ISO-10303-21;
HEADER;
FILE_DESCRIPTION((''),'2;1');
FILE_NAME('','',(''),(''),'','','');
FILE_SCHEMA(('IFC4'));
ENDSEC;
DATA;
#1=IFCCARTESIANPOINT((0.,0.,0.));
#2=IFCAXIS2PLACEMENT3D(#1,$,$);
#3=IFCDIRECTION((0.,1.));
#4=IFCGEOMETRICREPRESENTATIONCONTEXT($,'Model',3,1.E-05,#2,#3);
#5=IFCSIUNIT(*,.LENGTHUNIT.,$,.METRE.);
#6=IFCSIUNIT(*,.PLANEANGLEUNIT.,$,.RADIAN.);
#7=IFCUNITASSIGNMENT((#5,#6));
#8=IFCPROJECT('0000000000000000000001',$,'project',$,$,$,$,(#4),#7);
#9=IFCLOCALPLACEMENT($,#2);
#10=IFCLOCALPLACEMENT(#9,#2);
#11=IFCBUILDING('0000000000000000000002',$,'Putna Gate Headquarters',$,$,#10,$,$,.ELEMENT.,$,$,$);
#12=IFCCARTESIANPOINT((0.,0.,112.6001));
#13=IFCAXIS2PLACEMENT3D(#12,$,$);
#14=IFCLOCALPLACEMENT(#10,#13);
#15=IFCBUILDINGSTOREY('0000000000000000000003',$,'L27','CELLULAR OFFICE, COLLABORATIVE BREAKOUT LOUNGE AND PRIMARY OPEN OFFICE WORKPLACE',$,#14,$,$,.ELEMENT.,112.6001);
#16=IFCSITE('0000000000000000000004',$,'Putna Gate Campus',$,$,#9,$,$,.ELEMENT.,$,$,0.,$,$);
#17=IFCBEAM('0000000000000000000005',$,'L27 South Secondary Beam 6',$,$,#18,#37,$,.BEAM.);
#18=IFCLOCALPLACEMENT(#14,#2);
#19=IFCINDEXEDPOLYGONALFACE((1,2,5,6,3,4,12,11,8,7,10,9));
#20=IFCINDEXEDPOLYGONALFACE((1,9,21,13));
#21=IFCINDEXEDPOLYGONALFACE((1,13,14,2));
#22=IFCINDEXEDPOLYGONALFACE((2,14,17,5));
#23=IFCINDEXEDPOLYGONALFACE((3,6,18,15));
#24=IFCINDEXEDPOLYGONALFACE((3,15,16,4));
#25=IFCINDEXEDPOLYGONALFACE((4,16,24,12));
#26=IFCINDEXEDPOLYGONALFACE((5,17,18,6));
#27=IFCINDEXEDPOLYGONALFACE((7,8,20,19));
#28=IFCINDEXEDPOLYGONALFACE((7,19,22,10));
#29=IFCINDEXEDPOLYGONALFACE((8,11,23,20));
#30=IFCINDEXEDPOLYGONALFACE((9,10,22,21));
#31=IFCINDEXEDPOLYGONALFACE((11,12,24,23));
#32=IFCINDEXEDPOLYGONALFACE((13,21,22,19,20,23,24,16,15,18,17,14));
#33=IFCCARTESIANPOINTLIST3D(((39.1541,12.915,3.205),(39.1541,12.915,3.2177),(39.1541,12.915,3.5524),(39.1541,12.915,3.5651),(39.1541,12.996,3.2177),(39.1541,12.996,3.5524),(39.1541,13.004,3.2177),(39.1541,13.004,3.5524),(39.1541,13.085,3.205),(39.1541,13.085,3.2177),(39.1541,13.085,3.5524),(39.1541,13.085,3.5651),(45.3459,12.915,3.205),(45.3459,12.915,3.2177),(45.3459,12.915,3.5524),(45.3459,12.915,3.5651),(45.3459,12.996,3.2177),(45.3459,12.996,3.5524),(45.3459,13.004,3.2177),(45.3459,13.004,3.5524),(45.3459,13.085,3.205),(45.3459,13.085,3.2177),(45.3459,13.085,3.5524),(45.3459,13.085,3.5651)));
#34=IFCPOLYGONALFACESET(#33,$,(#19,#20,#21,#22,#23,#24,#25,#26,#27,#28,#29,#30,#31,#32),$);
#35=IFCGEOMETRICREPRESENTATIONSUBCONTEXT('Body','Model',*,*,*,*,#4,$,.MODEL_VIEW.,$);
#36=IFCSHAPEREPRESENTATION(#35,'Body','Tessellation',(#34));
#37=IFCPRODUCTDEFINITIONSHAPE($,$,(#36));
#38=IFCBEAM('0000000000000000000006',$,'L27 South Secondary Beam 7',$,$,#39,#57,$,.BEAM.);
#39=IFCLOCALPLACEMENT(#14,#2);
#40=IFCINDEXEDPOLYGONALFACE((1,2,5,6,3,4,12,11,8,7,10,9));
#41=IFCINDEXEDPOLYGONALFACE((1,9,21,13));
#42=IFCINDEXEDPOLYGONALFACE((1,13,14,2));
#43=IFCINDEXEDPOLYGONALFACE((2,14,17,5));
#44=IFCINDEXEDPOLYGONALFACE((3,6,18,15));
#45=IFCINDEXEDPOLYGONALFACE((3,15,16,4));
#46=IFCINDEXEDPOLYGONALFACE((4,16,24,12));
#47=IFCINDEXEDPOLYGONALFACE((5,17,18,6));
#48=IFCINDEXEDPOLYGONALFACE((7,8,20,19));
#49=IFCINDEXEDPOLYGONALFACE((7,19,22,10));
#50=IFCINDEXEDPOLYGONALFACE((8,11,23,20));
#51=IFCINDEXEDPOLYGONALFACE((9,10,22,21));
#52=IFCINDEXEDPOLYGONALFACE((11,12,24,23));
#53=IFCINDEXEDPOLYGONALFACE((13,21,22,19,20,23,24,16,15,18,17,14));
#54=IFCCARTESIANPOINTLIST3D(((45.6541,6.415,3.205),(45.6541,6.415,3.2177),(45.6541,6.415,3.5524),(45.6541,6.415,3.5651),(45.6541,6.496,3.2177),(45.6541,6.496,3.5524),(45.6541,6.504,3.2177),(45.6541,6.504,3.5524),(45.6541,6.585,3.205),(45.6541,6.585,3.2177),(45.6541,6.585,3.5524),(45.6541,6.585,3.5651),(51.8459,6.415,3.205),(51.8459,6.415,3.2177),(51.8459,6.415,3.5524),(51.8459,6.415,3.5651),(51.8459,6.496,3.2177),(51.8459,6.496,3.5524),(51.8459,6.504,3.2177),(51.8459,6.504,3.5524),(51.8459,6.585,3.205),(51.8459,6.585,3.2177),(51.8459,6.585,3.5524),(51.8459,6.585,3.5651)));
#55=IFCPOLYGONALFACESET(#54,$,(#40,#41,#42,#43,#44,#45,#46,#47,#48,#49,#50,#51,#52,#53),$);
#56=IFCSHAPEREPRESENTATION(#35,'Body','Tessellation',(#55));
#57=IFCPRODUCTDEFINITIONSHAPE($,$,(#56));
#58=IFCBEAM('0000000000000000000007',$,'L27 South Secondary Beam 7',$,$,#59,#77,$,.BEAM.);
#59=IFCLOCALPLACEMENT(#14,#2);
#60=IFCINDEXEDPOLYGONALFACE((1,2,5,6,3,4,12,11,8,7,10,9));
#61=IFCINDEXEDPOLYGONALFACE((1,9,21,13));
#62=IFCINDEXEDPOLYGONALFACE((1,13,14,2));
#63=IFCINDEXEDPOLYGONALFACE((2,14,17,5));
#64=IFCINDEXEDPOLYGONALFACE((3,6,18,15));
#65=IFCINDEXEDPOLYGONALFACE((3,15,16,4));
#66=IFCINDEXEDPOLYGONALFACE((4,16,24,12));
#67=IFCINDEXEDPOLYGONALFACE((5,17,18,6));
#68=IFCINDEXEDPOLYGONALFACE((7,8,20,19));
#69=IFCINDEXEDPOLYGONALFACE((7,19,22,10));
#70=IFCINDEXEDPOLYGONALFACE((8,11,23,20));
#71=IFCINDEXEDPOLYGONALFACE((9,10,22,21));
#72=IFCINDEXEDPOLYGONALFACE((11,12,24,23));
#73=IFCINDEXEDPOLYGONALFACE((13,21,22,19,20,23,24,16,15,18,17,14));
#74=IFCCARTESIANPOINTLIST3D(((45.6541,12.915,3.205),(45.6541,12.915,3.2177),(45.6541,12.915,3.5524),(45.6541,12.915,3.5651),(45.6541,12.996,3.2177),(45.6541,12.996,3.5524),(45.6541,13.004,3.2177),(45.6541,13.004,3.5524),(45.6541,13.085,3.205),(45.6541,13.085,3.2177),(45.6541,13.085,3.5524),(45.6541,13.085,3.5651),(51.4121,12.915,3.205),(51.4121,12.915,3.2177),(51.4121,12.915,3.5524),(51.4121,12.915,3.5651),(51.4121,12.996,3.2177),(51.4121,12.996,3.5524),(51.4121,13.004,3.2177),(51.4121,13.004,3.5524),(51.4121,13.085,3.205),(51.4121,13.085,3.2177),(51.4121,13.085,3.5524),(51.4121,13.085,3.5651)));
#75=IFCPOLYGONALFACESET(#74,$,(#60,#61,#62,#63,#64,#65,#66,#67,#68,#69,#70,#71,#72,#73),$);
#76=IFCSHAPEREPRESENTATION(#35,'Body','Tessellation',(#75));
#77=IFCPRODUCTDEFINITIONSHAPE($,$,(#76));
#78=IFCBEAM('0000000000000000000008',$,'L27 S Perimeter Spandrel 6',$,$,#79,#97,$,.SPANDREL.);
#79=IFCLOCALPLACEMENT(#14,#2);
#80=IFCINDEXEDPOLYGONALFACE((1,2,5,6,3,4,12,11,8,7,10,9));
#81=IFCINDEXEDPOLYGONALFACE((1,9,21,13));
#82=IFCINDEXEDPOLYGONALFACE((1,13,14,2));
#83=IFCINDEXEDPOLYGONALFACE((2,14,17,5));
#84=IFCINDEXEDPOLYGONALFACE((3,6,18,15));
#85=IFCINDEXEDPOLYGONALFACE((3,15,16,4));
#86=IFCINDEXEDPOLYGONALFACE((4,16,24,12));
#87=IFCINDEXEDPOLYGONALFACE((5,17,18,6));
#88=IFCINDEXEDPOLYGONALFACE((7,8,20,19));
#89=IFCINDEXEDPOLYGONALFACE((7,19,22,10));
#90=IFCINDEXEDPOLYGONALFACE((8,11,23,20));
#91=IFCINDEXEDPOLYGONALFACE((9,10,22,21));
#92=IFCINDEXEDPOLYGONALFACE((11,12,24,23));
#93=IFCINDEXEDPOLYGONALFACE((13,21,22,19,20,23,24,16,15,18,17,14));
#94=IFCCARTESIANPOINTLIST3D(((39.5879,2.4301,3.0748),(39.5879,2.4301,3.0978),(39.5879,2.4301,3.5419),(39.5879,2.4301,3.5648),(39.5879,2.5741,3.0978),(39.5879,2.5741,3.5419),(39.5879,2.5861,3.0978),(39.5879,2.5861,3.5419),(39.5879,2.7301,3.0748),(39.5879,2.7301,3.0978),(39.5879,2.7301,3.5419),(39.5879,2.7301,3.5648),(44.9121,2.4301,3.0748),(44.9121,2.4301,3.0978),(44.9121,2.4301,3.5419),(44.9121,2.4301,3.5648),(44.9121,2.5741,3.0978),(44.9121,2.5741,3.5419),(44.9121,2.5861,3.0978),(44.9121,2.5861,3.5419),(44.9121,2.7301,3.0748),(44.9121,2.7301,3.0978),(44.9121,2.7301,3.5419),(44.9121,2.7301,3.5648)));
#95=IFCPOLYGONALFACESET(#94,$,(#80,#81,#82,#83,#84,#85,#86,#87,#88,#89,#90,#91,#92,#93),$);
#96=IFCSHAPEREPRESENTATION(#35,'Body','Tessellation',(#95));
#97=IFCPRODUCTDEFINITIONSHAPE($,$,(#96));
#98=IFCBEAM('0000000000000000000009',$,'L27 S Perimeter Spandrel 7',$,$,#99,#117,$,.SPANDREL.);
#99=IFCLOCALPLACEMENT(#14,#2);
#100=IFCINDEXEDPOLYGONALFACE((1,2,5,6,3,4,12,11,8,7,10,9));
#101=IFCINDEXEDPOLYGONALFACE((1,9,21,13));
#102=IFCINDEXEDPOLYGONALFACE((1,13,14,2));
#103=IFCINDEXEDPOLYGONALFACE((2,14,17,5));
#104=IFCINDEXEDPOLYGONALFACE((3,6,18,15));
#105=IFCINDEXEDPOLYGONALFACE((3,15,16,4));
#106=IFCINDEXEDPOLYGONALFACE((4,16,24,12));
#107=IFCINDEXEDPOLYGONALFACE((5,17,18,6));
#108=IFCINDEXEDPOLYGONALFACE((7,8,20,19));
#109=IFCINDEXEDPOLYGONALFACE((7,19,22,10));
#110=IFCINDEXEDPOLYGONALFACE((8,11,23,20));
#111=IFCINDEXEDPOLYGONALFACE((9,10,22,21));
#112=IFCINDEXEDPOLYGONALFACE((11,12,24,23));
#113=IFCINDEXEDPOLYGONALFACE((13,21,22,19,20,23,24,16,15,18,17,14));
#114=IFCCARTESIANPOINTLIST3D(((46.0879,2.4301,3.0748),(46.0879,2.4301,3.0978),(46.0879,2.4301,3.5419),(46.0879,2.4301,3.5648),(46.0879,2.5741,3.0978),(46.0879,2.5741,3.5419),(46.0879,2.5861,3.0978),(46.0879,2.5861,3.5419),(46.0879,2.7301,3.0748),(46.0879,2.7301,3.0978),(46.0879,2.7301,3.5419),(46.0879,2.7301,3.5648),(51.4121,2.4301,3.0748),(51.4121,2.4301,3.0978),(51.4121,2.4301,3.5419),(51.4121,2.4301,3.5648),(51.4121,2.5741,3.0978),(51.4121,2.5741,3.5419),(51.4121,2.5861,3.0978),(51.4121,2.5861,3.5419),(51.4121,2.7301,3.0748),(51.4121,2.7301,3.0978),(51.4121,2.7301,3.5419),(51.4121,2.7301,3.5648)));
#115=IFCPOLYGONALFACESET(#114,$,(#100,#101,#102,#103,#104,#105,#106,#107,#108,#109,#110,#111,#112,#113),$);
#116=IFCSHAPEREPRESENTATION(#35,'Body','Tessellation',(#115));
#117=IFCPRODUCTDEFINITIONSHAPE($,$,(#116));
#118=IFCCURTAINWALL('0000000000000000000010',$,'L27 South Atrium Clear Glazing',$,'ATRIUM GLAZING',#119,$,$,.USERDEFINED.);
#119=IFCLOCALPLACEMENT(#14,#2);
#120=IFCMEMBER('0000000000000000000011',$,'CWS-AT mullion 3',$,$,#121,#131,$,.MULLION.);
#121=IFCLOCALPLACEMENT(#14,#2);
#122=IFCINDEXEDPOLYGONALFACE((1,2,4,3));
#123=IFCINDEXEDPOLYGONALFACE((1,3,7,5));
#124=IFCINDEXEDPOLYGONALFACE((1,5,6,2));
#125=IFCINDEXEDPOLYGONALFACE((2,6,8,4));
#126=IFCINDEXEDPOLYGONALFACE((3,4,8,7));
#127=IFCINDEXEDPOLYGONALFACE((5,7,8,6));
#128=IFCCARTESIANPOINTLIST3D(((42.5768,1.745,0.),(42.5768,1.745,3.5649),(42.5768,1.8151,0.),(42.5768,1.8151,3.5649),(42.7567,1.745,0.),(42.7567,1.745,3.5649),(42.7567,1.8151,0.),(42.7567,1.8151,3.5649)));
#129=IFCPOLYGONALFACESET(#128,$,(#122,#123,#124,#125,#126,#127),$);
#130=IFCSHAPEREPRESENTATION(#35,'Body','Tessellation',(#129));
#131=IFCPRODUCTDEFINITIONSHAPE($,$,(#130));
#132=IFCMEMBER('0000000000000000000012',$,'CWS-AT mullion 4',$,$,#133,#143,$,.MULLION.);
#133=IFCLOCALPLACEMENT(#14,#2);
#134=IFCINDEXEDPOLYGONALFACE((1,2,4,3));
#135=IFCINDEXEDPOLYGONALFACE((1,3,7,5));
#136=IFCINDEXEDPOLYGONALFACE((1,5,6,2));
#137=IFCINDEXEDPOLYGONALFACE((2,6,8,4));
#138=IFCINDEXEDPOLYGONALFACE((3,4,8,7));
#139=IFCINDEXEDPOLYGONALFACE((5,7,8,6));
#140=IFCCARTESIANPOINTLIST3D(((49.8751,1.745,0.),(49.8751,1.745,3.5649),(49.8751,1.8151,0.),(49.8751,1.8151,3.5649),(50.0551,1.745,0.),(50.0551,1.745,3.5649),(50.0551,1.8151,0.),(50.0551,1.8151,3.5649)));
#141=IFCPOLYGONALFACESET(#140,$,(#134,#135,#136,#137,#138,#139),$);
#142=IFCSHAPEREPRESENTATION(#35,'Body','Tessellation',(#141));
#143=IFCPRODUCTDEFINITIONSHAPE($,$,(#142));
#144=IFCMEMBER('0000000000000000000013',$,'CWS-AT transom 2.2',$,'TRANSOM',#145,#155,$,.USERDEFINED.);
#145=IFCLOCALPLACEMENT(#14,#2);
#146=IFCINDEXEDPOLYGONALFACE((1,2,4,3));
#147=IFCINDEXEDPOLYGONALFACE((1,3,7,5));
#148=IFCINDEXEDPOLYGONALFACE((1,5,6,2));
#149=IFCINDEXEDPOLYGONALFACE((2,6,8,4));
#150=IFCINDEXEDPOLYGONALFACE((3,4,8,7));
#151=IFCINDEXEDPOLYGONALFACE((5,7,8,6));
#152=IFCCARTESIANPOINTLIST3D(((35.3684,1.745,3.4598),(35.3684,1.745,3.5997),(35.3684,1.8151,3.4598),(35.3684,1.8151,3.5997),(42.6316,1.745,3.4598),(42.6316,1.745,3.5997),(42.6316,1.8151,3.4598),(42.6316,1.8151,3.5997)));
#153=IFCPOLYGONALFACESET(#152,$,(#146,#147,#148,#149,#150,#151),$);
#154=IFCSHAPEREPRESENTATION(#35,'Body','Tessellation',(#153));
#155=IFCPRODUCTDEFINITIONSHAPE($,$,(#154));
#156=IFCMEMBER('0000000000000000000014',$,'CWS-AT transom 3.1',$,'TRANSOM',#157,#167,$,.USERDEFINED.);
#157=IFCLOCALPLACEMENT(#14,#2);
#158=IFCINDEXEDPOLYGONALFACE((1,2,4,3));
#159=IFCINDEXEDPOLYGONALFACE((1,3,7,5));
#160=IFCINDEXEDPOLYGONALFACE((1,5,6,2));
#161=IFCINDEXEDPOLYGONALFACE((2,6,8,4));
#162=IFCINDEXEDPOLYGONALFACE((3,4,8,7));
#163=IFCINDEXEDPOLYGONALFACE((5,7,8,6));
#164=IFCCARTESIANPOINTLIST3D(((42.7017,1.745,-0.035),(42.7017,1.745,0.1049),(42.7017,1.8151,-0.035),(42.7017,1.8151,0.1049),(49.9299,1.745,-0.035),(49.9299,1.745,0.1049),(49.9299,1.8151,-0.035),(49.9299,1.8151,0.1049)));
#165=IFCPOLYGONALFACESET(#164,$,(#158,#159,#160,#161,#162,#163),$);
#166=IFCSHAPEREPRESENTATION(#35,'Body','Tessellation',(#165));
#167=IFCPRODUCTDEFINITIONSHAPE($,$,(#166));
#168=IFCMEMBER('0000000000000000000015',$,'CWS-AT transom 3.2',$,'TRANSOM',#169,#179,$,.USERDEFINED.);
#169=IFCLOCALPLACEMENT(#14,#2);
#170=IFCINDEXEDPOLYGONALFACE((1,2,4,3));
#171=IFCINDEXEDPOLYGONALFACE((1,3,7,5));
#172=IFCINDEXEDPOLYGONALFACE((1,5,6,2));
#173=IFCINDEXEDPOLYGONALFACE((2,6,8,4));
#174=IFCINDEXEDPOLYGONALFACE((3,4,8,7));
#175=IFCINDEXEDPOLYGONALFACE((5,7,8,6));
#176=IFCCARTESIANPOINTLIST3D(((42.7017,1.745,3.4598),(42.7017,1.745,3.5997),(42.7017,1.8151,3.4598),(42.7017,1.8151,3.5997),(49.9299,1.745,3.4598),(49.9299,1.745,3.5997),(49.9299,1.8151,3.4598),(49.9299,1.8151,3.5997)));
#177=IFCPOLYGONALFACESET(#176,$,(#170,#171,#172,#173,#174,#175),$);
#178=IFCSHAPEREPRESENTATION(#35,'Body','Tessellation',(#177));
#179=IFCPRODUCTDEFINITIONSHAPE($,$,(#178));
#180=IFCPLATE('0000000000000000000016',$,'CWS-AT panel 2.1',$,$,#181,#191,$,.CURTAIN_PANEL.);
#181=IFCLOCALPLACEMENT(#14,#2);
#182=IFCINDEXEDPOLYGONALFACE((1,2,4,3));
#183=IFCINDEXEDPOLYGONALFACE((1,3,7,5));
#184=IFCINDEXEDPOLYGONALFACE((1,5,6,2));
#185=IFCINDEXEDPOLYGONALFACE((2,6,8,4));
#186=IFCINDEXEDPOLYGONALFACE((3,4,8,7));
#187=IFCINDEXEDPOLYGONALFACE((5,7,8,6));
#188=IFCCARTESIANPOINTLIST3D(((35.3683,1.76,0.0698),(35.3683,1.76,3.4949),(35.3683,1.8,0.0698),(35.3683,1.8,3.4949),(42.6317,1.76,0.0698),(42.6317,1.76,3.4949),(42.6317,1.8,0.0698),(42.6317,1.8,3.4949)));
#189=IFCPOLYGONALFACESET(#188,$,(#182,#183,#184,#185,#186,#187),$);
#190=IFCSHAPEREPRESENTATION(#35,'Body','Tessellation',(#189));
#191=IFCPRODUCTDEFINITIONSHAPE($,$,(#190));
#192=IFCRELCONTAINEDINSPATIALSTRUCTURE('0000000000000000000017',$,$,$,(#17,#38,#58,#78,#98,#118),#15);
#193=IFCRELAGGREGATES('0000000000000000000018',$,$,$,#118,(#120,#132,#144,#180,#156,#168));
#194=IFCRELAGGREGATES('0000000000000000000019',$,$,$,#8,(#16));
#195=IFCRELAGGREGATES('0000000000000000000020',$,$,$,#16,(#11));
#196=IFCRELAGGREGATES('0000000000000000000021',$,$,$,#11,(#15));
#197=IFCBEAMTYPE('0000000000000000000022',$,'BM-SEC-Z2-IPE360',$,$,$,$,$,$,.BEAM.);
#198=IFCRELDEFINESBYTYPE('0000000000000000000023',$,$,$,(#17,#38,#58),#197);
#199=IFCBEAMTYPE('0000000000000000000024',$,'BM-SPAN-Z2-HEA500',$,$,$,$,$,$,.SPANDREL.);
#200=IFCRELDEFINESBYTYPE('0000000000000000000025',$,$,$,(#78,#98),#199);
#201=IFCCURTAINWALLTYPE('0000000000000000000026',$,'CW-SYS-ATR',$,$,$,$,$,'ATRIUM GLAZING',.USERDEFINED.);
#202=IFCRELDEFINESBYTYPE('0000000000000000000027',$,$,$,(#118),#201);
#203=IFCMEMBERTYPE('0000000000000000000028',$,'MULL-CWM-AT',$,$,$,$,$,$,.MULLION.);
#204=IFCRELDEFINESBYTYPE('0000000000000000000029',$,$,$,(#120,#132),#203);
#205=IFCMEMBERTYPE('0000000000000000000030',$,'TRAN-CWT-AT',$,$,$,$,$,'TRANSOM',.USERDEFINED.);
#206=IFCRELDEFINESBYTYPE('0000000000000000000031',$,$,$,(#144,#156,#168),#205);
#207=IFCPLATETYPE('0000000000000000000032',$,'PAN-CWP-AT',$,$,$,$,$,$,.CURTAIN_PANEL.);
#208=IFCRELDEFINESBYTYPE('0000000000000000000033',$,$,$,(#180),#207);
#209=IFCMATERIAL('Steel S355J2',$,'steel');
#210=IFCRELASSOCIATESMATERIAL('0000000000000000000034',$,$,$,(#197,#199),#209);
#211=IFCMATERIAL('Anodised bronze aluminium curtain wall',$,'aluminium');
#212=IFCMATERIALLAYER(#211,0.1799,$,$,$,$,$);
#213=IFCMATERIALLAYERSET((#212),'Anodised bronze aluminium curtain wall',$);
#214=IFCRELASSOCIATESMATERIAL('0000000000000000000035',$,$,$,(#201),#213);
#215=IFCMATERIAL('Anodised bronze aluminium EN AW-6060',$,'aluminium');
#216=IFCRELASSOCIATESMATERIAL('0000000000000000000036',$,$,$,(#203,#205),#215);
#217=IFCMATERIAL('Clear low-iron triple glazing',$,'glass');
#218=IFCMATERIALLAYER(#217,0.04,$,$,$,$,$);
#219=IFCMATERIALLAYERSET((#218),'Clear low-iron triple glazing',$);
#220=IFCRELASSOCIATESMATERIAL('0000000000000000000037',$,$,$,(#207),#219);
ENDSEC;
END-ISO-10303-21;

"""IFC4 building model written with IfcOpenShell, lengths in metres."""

from ifc_helpers import new_model, si_unit, direction, frame, origin, origin_2d, place, context, subcontext, project, spatial, rectangle, i_section, extrude, material, layer, layer_set, material_profile, profile_set, type_object, element, aggregate, save


model = new_model("IFC4")

# Units and contexts
model_context = context("Model", 3, precision=1e-05, world=origin(), true_north=direction((0.0, 1.0)))
body_context = subcontext(model_context, "Body", "Model", "MODEL_VIEW")
ifc_project = project(units=[si_unit("LENGTHUNIT", "METRE"), si_unit("PLANEANGLEUNIT", "RADIAN")], contexts=[model_context])

# Site, building, storey
site_placement = place(None, origin())
site = spatial("IfcSite", under=ifc_project, at=site_placement, Name="Putna Gate Campus", CompositionType="ELEMENT", RefElevation=0.0)
building_placement = place(site_placement, origin())
building = spatial("IfcBuilding", under=site, at=building_placement, Name="Putna Gate Headquarters", CompositionType="ELEMENT")
storey_placement = place(building_placement, frame((0.0, 0.0, 112.6001)))
storey = spatial("IfcBuildingStorey", under=building, at=storey_placement, Name="L27", Description="CELLULAR OFFICE, COLLABORATIVE BREAKOUT LOUNGE AND PRIMARY OPEN OFFICE WORKPLACE", CompositionType="ELEMENT", Elevation=112.6001)

# Beams
ifc_material_1 = material(Name="Steel S355J2", Category="steel")
ifc_material_profile_1 = material_profile(ifc_material_1, i_section(OverallWidth=0.1699, OverallDepth=0.3601, WebThickness=0.0081, FlangeThickness=0.0127, at=origin_2d()), Name="Steel S355J2")
ifc_profile_set_1 = profile_set([ifc_material_profile_1], Name="Steel S355J2")
beam_type_1 = type_object("IfcBeamType", Name="BM-SEC-Z2-IPE360", PredefinedType="BEAM", material=ifc_profile_set_1)
for number, where, z_axis, x_axis, name in (
    (1, (39.1541, 13.0, 3.385), (1.0, 0.0, 0.0), (0.0, 1.0, 0.0), "L27 South Secondary Beam 6"),
    (2, (45.6541, 6.5, 3.385), (1.0, 0.0, 0.0), (0.0, 1.0, 0.0), "L27 South Secondary Beam 7"),
):
    element("IfcBeam", number, at=place(storey_placement, frame(where, z_axis=z_axis, x_axis=x_axis)), inside=storey, type_object=beam_type_1, Name=name, PredefinedType="BEAM", context=body_context, shape_type="SweptSolid", body=[
        extrude(i_section(OverallWidth=0.1699, OverallDepth=0.3601, WebThickness=0.0081, FlangeThickness=0.0127, at=origin_2d()), origin(), (0.0, 0.0, 1.0), 6.1919),
    ])
beam_1_placement = place(storey_placement, frame((45.6541, 13.0, 3.385), z_axis=(1.0, 0.0, 0.0), x_axis=(0.0, 1.0, 0.0)))
element("IfcBeam", 3, at=beam_1_placement, inside=storey, type_object=beam_type_1, Name="L27 South Secondary Beam 7", PredefinedType="BEAM", context=body_context, shape_type="SweptSolid", body=[
    extrude(i_section(OverallWidth=0.1699, OverallDepth=0.3601, WebThickness=0.0081, FlangeThickness=0.0127, at=origin_2d()), origin(), (0.0, 0.0, 1.0), 5.7581),
])
ifc_material_profile_2 = material_profile(ifc_material_1, i_section(OverallWidth=0.3, OverallDepth=0.49, WebThickness=0.012, FlangeThickness=0.0229, at=origin_2d()), Name="Steel S355J2")
ifc_profile_set_2 = profile_set([ifc_material_profile_2], Name="Steel S355J2")
beam_type_2 = type_object("IfcBeamType", Name="BM-SPAN-Z2-HEA500", PredefinedType="SPANDREL", material=ifc_profile_set_2)
for number, where, z_axis, x_axis, name in (
    (4, (39.5879, 2.5801, 3.3198), (1.0, 0.0, 0.0), (0.0, 1.0, 0.0), "L27 S Perimeter Spandrel 6"),
    (5, (46.0879, 2.5801, 3.3198), (1.0, 0.0, 0.0), (0.0, 1.0, 0.0), "L27 S Perimeter Spandrel 7"),
):
    element("IfcBeam", number, at=place(storey_placement, frame(where, z_axis=z_axis, x_axis=x_axis)), inside=storey, type_object=beam_type_2, Name=name, PredefinedType="SPANDREL", context=body_context, shape_type="SweptSolid", body=[
        extrude(i_section(OverallWidth=0.3, OverallDepth=0.49, WebThickness=0.012, FlangeThickness=0.0229, at=origin_2d()), origin(), (0.0, 0.0, 1.0), 5.3242),
    ])

# Curtain wall, members, plate
ifc_material_2 = material(Name="Anodised bronze aluminium curtain wall", Category="aluminium")
ifc_layer_1 = layer(ifc_material_2, 0.1799)
ifc_layer_set_1 = layer_set([ifc_layer_1], Name="Anodised bronze aluminium curtain wall")
curtain_wall_type = type_object("IfcCurtainWallType", Name="CW-SYS-ATR", ElementType="ATRIUM GLAZING", PredefinedType="USERDEFINED", material=ifc_layer_set_1)
curtain_wall_placement = place(storey_placement, origin())
curtain_wall = element("IfcCurtainWall", 6, at=curtain_wall_placement, inside=storey, type_object=curtain_wall_type, Name="L27 South Atrium Clear Glazing", ObjectType="ATRIUM GLAZING", PredefinedType="USERDEFINED")
ifc_material_3 = material(Name="Anodised bronze aluminium EN AW-6060", Category="aluminium")
ifc_material_profile_3 = material_profile(ifc_material_3, rectangle(XDim=0.0701, YDim=0.1799, at=origin_2d()), Name="Anodised bronze aluminium EN AW-6060")
ifc_profile_set_3 = profile_set([ifc_material_profile_3], Name="Anodised bronze aluminium EN AW-6060")
member_type_1 = type_object("IfcMemberType", Name="MULL-CWM-AT", PredefinedType="MULLION", material=ifc_profile_set_3)
member_1_placement = place(storey_placement, frame((42.6667, 1.78, 0.0), z_axis=(0.0, 0.0, 1.0), x_axis=(0.0, 1.0, 0.0)))
member_1 = element("IfcMember", 7, at=member_1_placement, type_object=member_type_1, Name="CWS-AT mullion 3", PredefinedType="MULLION", context=body_context, shape_type="SweptSolid", body=[
    extrude(rectangle(XDim=0.0701, YDim=0.1799, at=origin_2d()), origin(), (0.0, 0.0, 1.0), 3.5649),
])
member_2_placement = place(storey_placement, frame((49.9651, 1.78, 0.0), z_axis=(0.0, 0.0, 1.0), x_axis=(0.0, 1.0, 0.0)))
member_2 = element("IfcMember", 8, at=member_2_placement, type_object=member_type_1, Name="CWS-AT mullion 4", PredefinedType="MULLION", context=body_context, shape_type="SweptSolid", body=[
    extrude(rectangle(XDim=0.0701, YDim=0.1799, at=origin_2d()), origin(), (0.0, 0.0, 1.0), 3.5649),
])
ifc_material_profile_4 = material_profile(ifc_material_3, rectangle(XDim=0.0701, YDim=0.1399, at=origin_2d()), Name="Anodised bronze aluminium EN AW-6060")
ifc_profile_set_4 = profile_set([ifc_material_profile_4], Name="Anodised bronze aluminium EN AW-6060")
member_type_2 = type_object("IfcMemberType", Name="TRAN-CWT-AT", ElementType="TRANSOM", PredefinedType="USERDEFINED", material=ifc_profile_set_4)
member_3_placement = place(storey_placement, frame((35.3684, 1.78, 3.5298), z_axis=(1.0, 0.0, 0.0), x_axis=(0.0, 1.0, 0.0)))
member_3 = element("IfcMember", 9, at=member_3_placement, type_object=member_type_2, Name="CWS-AT transom 2.2", ObjectType="TRANSOM", PredefinedType="USERDEFINED", context=body_context, shape_type="SweptSolid", body=[
    extrude(rectangle(XDim=0.0701, YDim=0.1399, at=origin_2d()), origin(), (0.0, 0.0, 1.0), 7.2632),
])
member_4_placement = place(storey_placement, frame((42.7017, 1.78, 0.0349), z_axis=(1.0, 0.0, 0.0), x_axis=(0.0, 1.0, 0.0)))
member_4 = element("IfcMember", 10, at=member_4_placement, type_object=member_type_2, Name="CWS-AT transom 3.1", ObjectType="TRANSOM", PredefinedType="USERDEFINED", context=body_context, shape_type="SweptSolid", body=[
    extrude(rectangle(XDim=0.0701, YDim=0.1399, at=origin_2d()), origin(), (0.0, 0.0, 1.0), 7.2283),
])
member_5_placement = place(storey_placement, frame((42.7017, 1.78, 3.5298), z_axis=(1.0, 0.0, 0.0), x_axis=(0.0, 1.0, 0.0)))
member_5 = element("IfcMember", 11, at=member_5_placement, type_object=member_type_2, Name="CWS-AT transom 3.2", ObjectType="TRANSOM", PredefinedType="USERDEFINED", context=body_context, shape_type="SweptSolid", body=[
    extrude(rectangle(XDim=0.0701, YDim=0.1399, at=origin_2d()), origin(), (0.0, 0.0, 1.0), 7.2283),
])
ifc_material_4 = material(Name="Clear low-iron triple glazing", Category="glass")
ifc_layer_2 = layer(ifc_material_4, 0.04)
ifc_layer_set_2 = layer_set([ifc_layer_2], Name="Clear low-iron triple glazing")
plate_type = type_object("IfcPlateType", Name="PAN-CWP-AT", PredefinedType="CURTAIN_PANEL", material=ifc_layer_set_2)
plate_1_placement = place(storey_placement, frame((39.0, 1.78, 0.0698), z_axis=(0.0, 0.0, 1.0), x_axis=(1.0, 0.0, 0.0)))
plate_1 = element("IfcPlate", 12, at=plate_1_placement, type_object=plate_type, Name="CWS-AT panel 2.1", PredefinedType="CURTAIN_PANEL", context=body_context, shape_type="SweptSolid", body=[
    extrude(rectangle(XDim=7.2634, YDim=0.04, at=origin_2d()), origin(), (0.0, 0.0, 1.0), 3.425),
])
aggregate(curtain_wall, [member_1, member_2, member_3, plate_1, member_4, member_5])

save(model, "model.ifc")
